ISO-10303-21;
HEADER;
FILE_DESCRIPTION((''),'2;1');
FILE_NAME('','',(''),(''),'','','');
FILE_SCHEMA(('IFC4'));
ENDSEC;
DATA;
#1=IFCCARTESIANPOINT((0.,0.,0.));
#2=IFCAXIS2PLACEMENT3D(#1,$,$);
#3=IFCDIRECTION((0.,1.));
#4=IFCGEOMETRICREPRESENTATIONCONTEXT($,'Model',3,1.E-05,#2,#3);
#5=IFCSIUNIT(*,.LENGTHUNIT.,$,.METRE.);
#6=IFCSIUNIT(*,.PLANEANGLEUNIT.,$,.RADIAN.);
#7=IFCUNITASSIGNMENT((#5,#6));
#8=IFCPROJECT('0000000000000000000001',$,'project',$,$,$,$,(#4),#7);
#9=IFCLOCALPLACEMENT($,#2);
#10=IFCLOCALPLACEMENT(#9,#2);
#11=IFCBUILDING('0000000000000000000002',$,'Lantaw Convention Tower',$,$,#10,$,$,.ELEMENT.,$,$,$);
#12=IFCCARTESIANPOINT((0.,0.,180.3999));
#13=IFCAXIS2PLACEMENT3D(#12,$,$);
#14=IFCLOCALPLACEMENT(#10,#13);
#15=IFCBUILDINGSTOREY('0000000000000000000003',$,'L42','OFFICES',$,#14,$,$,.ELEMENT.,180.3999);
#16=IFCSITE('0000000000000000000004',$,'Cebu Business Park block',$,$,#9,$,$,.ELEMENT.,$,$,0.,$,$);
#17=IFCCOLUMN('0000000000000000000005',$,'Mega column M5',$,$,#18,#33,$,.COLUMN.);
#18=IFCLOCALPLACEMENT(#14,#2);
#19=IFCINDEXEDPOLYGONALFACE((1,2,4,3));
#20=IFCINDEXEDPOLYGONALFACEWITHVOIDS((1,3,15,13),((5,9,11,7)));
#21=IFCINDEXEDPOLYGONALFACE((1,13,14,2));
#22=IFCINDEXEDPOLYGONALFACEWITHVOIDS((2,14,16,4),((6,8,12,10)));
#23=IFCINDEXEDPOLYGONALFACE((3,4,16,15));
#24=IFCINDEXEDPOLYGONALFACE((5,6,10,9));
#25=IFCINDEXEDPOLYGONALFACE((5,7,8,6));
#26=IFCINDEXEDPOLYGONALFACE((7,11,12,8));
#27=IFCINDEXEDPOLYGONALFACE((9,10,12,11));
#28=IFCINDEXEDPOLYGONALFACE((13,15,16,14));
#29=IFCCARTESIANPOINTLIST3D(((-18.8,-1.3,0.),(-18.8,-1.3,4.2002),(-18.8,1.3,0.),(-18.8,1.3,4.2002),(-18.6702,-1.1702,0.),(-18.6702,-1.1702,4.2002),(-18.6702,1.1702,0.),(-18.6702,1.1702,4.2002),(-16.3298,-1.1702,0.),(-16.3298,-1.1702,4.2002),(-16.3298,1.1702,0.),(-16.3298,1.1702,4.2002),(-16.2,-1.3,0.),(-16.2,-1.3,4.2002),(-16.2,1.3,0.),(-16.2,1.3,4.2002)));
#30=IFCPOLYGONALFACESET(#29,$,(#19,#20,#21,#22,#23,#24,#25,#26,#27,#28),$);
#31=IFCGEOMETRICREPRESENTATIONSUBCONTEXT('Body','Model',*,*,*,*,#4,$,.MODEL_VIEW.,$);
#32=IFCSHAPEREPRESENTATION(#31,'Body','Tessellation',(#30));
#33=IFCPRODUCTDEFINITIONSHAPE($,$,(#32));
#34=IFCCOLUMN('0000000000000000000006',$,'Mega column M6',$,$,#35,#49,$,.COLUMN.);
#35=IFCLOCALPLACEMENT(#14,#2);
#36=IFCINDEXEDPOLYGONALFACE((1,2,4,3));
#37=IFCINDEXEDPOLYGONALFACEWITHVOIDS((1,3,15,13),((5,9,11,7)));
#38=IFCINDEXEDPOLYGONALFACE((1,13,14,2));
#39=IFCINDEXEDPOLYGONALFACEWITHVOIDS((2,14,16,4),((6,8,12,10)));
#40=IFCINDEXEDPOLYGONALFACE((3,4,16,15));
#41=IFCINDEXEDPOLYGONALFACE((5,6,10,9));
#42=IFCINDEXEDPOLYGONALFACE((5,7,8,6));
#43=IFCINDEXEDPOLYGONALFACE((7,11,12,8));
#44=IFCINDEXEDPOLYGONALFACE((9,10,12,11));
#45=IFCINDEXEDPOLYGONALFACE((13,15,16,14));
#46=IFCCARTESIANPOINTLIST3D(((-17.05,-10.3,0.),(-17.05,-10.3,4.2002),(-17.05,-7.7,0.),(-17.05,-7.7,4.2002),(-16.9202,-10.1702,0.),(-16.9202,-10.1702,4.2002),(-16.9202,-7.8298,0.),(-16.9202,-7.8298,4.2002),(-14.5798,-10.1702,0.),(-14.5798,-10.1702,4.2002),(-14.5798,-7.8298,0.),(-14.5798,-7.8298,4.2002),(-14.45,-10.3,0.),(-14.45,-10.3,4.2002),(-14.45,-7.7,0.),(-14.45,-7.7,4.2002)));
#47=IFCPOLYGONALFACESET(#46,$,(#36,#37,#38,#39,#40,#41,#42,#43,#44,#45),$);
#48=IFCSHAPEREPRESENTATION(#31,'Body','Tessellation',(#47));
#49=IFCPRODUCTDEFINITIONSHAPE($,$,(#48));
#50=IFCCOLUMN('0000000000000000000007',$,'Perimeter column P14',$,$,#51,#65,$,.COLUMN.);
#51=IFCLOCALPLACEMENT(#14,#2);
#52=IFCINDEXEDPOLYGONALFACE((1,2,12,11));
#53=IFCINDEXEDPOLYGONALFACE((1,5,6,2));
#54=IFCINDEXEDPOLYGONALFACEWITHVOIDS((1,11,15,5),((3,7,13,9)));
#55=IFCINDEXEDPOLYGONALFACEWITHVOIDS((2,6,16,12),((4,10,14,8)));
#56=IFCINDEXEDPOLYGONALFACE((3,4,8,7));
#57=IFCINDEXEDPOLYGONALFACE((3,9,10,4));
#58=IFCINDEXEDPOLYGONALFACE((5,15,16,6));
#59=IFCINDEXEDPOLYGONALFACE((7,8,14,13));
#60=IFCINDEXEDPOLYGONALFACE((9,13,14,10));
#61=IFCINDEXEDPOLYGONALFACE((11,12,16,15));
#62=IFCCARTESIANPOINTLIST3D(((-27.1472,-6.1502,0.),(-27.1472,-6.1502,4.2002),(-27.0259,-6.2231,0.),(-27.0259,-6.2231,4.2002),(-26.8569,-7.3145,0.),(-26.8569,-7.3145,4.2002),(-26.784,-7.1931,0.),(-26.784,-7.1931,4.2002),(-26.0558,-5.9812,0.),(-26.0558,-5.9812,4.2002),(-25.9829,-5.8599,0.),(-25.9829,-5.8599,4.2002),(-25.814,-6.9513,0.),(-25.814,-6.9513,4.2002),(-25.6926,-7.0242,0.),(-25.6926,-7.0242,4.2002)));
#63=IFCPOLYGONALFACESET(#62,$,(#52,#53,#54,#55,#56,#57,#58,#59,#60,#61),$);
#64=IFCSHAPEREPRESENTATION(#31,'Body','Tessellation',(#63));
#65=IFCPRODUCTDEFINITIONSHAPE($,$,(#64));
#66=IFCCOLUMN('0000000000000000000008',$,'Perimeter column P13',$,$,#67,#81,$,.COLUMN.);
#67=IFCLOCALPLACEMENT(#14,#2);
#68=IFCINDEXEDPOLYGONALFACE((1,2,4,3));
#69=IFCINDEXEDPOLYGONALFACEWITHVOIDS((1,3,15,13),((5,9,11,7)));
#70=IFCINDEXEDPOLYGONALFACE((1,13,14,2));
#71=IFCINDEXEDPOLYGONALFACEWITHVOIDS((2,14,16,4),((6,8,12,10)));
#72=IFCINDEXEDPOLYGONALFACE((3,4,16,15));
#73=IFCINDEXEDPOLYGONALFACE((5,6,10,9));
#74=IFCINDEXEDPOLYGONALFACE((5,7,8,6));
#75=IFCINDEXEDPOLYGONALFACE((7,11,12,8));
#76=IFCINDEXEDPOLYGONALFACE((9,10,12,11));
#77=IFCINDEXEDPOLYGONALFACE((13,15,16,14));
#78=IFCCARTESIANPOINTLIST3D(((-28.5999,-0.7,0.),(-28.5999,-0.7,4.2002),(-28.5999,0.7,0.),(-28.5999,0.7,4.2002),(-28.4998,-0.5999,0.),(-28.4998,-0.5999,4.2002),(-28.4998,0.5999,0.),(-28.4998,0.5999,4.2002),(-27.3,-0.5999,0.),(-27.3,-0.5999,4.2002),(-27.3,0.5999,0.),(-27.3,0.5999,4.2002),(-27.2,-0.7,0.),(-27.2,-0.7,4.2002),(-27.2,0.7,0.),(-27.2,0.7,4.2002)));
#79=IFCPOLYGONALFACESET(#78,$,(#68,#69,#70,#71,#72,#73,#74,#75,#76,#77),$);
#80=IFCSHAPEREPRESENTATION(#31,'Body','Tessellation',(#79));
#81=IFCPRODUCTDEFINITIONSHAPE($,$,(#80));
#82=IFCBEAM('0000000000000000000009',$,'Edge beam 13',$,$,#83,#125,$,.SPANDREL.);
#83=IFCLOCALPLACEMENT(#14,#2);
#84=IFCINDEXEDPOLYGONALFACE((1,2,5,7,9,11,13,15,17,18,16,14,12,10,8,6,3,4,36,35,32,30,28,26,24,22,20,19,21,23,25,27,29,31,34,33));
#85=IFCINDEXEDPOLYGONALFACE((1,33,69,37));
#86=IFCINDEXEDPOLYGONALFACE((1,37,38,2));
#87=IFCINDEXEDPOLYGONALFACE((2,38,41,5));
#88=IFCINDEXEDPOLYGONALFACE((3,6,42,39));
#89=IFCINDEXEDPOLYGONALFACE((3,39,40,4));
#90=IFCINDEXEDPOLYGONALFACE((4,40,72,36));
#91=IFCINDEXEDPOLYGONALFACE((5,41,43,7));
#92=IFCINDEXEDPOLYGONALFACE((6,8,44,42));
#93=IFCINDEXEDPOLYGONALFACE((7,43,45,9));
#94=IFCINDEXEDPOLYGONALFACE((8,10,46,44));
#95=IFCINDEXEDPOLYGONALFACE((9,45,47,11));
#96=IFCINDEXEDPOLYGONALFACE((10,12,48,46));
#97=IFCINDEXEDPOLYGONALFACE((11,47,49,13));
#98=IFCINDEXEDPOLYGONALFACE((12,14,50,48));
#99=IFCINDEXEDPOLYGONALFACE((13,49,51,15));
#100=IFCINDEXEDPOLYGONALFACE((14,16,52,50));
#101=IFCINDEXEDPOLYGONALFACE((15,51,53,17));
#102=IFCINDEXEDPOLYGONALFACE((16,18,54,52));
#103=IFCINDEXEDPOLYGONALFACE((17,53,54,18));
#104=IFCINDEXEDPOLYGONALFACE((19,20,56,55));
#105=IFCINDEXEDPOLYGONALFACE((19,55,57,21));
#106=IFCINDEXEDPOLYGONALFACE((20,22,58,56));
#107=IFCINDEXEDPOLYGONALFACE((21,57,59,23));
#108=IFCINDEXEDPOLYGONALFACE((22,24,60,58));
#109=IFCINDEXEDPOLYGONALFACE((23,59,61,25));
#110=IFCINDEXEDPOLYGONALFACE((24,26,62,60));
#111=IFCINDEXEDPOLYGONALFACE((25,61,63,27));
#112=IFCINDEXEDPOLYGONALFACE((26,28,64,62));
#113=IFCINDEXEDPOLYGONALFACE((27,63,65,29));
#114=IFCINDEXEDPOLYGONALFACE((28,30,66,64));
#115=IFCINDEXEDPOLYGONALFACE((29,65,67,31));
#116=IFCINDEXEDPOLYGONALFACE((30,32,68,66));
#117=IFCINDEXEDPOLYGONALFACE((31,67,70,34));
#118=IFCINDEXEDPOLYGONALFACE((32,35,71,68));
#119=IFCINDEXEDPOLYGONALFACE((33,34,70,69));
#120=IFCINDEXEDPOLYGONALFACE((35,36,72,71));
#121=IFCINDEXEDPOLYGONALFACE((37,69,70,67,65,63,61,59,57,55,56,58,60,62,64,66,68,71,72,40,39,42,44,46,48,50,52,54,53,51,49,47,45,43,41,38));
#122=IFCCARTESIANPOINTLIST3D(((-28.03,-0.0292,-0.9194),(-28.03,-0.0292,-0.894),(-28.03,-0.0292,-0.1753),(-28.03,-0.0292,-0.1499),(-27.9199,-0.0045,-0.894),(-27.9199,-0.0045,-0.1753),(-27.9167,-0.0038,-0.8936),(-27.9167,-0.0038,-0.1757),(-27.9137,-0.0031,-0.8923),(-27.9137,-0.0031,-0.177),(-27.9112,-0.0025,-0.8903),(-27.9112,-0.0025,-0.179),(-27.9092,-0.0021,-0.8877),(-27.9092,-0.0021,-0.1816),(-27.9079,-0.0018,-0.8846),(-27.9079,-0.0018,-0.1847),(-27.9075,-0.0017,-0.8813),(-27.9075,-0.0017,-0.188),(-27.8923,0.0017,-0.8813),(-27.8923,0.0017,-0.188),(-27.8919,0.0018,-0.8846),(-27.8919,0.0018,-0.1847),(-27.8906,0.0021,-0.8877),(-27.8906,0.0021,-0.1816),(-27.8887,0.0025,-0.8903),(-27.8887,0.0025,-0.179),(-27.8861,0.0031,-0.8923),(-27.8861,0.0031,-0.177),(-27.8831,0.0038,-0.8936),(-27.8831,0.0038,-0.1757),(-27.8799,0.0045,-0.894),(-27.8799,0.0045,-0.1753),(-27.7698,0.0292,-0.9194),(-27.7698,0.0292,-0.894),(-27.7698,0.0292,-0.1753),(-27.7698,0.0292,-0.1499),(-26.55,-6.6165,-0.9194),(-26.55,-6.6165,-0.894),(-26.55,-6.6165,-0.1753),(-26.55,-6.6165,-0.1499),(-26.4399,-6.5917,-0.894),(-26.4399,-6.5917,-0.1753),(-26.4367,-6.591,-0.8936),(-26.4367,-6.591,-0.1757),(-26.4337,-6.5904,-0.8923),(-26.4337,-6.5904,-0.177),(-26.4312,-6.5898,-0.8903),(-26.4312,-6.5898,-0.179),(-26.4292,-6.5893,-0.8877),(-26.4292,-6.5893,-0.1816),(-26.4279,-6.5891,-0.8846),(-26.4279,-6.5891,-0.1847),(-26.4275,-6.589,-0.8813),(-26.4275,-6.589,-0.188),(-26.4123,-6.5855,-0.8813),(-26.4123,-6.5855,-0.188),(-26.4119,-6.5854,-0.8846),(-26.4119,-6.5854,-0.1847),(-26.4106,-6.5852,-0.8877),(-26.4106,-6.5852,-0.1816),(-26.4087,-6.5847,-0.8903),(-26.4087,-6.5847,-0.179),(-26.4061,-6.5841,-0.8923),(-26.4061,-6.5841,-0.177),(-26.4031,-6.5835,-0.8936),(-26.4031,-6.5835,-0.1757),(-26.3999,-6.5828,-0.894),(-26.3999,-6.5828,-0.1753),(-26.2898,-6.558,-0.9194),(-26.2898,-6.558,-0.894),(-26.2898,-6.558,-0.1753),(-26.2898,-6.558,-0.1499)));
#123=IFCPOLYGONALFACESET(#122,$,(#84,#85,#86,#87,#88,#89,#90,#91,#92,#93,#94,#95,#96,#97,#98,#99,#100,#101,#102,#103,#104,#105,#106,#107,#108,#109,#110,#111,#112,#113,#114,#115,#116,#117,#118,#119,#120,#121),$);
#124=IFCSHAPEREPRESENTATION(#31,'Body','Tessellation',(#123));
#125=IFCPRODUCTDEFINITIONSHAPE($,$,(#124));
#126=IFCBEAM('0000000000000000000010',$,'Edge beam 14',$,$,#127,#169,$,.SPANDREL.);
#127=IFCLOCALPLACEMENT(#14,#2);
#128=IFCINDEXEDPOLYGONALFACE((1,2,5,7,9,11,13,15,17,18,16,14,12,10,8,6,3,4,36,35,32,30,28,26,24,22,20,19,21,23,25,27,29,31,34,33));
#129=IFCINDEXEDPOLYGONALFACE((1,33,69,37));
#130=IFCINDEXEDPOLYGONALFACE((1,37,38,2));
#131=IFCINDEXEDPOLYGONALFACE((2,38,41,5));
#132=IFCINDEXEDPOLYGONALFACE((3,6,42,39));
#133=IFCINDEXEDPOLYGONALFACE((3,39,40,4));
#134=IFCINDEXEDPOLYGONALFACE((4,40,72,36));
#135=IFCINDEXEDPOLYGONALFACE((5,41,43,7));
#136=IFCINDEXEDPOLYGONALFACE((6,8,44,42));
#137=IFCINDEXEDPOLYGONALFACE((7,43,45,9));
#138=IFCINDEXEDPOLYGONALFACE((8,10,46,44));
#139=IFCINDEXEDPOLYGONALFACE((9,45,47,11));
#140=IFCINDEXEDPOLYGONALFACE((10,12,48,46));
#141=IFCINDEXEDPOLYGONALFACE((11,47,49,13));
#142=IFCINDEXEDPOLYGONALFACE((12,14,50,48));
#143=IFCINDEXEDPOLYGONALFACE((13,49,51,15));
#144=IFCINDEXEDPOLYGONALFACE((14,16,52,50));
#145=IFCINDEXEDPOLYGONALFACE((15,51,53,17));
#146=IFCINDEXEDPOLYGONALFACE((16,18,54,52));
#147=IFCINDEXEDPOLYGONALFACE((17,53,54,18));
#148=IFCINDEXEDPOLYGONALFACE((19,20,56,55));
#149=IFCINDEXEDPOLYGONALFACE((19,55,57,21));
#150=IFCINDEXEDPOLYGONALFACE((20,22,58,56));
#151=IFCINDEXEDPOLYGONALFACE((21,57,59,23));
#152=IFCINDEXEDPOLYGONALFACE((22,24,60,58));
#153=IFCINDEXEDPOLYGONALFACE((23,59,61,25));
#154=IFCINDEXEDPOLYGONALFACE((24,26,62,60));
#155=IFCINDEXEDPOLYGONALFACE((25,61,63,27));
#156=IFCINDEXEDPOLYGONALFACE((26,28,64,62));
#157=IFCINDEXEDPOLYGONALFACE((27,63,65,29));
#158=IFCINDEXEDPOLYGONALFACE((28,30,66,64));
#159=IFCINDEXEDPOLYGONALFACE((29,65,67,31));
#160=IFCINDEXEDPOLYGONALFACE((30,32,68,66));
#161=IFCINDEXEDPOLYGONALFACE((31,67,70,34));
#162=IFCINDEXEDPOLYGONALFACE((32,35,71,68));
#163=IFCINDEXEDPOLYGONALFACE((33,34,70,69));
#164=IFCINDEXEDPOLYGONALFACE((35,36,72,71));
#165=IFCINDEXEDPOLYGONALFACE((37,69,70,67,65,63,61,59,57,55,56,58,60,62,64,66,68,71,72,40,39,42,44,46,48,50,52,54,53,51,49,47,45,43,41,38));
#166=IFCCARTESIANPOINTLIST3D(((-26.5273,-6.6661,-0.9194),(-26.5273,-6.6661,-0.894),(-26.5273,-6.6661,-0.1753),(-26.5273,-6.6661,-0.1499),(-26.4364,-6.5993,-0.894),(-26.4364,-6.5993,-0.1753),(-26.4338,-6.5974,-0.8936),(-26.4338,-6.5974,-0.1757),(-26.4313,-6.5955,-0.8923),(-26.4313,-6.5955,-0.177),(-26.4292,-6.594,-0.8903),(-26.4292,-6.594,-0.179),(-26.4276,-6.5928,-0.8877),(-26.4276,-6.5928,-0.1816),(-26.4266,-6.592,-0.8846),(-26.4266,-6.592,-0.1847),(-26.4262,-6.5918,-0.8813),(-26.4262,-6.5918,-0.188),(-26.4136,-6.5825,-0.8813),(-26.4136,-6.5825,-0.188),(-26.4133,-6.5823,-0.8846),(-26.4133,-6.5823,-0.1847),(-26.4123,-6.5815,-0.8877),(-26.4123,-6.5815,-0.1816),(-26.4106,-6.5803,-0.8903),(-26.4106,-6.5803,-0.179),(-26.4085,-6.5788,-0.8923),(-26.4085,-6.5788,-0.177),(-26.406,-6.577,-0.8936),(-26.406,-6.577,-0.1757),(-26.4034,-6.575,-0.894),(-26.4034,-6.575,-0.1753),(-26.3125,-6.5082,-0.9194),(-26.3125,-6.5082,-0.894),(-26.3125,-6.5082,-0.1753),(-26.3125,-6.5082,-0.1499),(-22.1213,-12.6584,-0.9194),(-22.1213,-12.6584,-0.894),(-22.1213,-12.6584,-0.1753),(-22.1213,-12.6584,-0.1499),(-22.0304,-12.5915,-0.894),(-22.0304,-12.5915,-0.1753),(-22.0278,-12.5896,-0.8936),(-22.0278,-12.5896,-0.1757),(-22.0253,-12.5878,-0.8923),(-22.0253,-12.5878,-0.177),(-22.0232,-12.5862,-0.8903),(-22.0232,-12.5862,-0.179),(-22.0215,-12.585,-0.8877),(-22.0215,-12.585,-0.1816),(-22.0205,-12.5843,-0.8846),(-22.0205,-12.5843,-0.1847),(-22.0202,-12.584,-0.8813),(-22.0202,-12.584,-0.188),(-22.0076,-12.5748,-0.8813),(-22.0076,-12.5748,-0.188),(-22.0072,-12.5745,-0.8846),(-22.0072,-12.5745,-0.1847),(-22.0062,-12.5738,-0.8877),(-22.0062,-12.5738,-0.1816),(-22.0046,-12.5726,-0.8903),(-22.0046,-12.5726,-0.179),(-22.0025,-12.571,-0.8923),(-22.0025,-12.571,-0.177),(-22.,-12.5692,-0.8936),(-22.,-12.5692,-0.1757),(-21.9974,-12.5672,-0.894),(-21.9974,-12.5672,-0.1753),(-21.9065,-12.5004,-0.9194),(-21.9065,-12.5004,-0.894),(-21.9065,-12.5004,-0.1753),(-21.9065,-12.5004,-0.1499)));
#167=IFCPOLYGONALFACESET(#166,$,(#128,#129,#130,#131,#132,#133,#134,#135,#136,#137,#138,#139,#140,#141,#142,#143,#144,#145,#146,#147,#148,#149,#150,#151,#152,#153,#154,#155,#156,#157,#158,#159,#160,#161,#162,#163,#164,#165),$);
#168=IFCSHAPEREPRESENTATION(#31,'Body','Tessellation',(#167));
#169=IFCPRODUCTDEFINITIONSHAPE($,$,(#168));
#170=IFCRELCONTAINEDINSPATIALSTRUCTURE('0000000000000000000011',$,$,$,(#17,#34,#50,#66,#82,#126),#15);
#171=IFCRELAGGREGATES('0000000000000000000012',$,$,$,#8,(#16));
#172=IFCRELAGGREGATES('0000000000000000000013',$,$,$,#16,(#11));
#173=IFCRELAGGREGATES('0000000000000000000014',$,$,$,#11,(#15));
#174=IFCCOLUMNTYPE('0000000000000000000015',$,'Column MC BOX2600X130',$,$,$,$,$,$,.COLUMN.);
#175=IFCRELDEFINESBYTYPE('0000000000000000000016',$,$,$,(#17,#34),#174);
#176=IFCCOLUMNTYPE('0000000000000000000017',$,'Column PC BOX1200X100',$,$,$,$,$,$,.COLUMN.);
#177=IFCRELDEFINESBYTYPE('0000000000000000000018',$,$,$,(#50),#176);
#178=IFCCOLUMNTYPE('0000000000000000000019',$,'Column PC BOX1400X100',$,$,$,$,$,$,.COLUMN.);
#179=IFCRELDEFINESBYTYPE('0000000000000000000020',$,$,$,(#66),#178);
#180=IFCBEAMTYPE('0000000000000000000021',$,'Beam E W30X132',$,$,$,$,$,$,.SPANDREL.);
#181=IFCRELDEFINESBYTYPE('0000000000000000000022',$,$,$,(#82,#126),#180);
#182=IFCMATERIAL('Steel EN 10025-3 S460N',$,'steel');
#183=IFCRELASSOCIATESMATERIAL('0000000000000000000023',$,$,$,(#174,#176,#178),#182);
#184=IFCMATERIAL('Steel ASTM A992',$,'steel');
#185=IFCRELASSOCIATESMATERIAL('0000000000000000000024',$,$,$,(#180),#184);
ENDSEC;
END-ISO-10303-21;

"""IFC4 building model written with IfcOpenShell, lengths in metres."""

from ifc_helpers import new_model, si_unit, direction, frame, origin, origin_2d, place, context, subcontext, project, spatial, rectangle, hollow_rectangle, i_section, extrude, material, material_profile, profile_set, type_object, element, save


model = new_model("IFC4")

# Units and contexts
model_context = context("Model", 3, precision=1e-05, world=origin(), true_north=direction((0.0, 1.0)))
body_context = subcontext(model_context, "Body", "Model", "MODEL_VIEW")
ifc_project = project(units=[si_unit("LENGTHUNIT", "METRE"), si_unit("PLANEANGLEUNIT", "RADIAN")], contexts=[model_context])

# Site, building, storey
site_placement = place(None, origin())
site = spatial("IfcSite", under=ifc_project, at=site_placement, Name="Cebu Business Park block", CompositionType="ELEMENT", RefElevation=0.0)
building_placement = place(site_placement, origin())
building = spatial("IfcBuilding", under=site, at=building_placement, Name="Lantaw Convention Tower", CompositionType="ELEMENT")
storey_placement = place(building_placement, frame((0.0, 0.0, 180.3999)))
storey = spatial("IfcBuildingStorey", under=building, at=storey_placement, Name="L42", Description="OFFICES", CompositionType="ELEMENT", Elevation=180.3999)

# Columns
ifc_material_1 = material(Name="Steel EN 10025-3 S460N", Category="steel")
ifc_material_profile_1 = material_profile(ifc_material_1, hollow_rectangle(XDim=2.6001, YDim=2.6001, WallThickness=0.1299, at=origin_2d()), Name="BOX2600X130")
ifc_material_2 = material(Name="Concrete C60/75", Category="concrete")
ifc_material_profile_2 = material_profile(ifc_material_2, rectangle(XDim=2.3401, YDim=2.3401, at=origin_2d()), Name="Concrete fill of BOX2600X130")
ifc_profile_set_1 = profile_set([ifc_material_profile_1, ifc_material_profile_2], Name="Steel EN 10025-3 S460N")
column_type_1 = type_object("IfcColumnType", Name="Column MC BOX2600X130", PredefinedType="COLUMN", material=ifc_profile_set_1)
for number, where, z_axis, x_axis, name in (
    (1, (-17.5, 0.0, 0.0), (0.0, 0.0, 1.0), (1.0, 0.0, 0.0), "Mega column M5"),
    (2, (-15.75, -9.0, 0.0), (0.0, 0.0, 1.0), (1.0, 0.0, 0.0), "Mega column M6"),
):
    element("IfcColumn", number, at=place(storey_placement, frame(where, z_axis=z_axis, x_axis=x_axis)), inside=storey, type_object=column_type_1, Name=name, PredefinedType="COLUMN", context=body_context, shape_type="SweptSolid", body=[
        extrude(hollow_rectangle(XDim=2.6001, YDim=2.6001, WallThickness=0.1299, at=origin_2d()), origin(), (0.0, 0.0, 1.0), 4.2002),
    ])
ifc_material_profile_3 = material_profile(ifc_material_1, hollow_rectangle(XDim=1.2, YDim=1.2, WallThickness=0.1001, at=origin_2d()), Name="BOX1200X100")
ifc_material_profile_4 = material_profile(ifc_material_2, rectangle(XDim=1.0, YDim=1.0, at=origin_2d()), Name="Concrete fill of BOX1200X100")
ifc_profile_set_2 = profile_set([ifc_material_profile_3, ifc_material_profile_4], Name="Steel EN 10025-3 S460N")
column_type_2 = type_object("IfcColumnType", Name="Column PC BOX1200X100", PredefinedType="COLUMN", material=ifc_profile_set_2)
column_1_placement = place(storey_placement, frame((-26.4199, -6.5872, 0.0), z_axis=(0.0, 0.0, 1.0), x_axis=(0.970296, 0.241922, 0.0)))
element("IfcColumn", 3, at=column_1_placement, inside=storey, type_object=column_type_2, Name="Perimeter column P14", PredefinedType="COLUMN", context=body_context, shape_type="SweptSolid", body=[
    extrude(hollow_rectangle(XDim=1.2, YDim=1.2, WallThickness=0.1001, at=origin_2d()), origin(), (0.0, 0.0, 1.0), 4.2002),
])
ifc_material_profile_5 = material_profile(ifc_material_1, hollow_rectangle(XDim=1.3999, YDim=1.3999, WallThickness=0.1001, at=origin_2d()), Name="BOX1400X100")
ifc_material_profile_6 = material_profile(ifc_material_2, rectangle(XDim=1.2, YDim=1.2, at=origin_2d()), Name="Concrete fill of BOX1400X100")
ifc_profile_set_3 = profile_set([ifc_material_profile_5, ifc_material_profile_6], Name="Steel EN 10025-3 S460N")
column_type_3 = type_object("IfcColumnType", Name="Column PC BOX1400X100", PredefinedType="COLUMN", material=ifc_profile_set_3)
column_2_placement = place(storey_placement, frame((-27.8999, 0.0, 0.0), z_axis=(0.0, 0.0, 1.0), x_axis=(1.0, 0.0, 0.0)))
element("IfcColumn", 4, at=column_2_placement, inside=storey, type_object=column_type_3, Name="Perimeter column P13", PredefinedType="COLUMN", context=body_context, shape_type="SweptSolid", body=[
    extrude(hollow_rectangle(XDim=1.3999, YDim=1.3999, WallThickness=0.1001, at=origin_2d()), origin(), (0.0, 0.0, 1.0), 4.2002),
])

# Beams
ifc_material_3 = material(Name="Steel ASTM A992", Category="steel")
ifc_material_profile_7 = material_profile(ifc_material_3, i_section(OverallWidth=0.2666, OverallDepth=0.7695, WebThickness=0.0156, FlangeThickness=0.0254, FilletRadius=0.0127, at=origin_2d()), Name="W30X132")
ifc_profile_set_4 = profile_set([ifc_material_profile_7], Name="Steel ASTM A992")
beam_type_1 = type_object("IfcBeamType", Name="Beam E W30X132", PredefinedType="SPANDREL", material=ifc_profile_set_4)
beam_1_placement = place(storey_placement, frame((-27.8999, 0.0, -0.5347), z_axis=(0.219212, -0.975677, 0.0), x_axis=(0.975677, 0.219212, 0.0)))
element("IfcBeam", 5, at=beam_1_placement, inside=storey, type_object=beam_type_1, Name="Edge beam 13", PredefinedType="SPANDREL", context=body_context, shape_type="SweptSolid", body=[
    extrude(i_section(OverallWidth=0.2666, OverallDepth=0.7695, WebThickness=0.0156, FlangeThickness=0.0254, FilletRadius=0.0127, at=origin_2d()), origin(), (0.0, 0.0, 1.0), 6.7515),
])
beam_2_placement = place(storey_placement, frame((-26.4199, -6.5872, -0.5347), z_axis=(0.592389, -0.805652, 0.0), x_axis=(0.805652, 0.592389, 0.0)))
element("IfcBeam", 6, at=beam_2_placement, inside=storey, type_object=beam_type_1, Name="Edge beam 14", PredefinedType="SPANDREL", context=body_context, shape_type="SweptSolid", body=[
    extrude(i_section(OverallWidth=0.2666, OverallDepth=0.7695, WebThickness=0.0156, FlangeThickness=0.0254, FilletRadius=0.0127, at=origin_2d()), origin(), (0.0, 0.0, 1.0), 7.4377),
])

save(model, "model.ifc")
